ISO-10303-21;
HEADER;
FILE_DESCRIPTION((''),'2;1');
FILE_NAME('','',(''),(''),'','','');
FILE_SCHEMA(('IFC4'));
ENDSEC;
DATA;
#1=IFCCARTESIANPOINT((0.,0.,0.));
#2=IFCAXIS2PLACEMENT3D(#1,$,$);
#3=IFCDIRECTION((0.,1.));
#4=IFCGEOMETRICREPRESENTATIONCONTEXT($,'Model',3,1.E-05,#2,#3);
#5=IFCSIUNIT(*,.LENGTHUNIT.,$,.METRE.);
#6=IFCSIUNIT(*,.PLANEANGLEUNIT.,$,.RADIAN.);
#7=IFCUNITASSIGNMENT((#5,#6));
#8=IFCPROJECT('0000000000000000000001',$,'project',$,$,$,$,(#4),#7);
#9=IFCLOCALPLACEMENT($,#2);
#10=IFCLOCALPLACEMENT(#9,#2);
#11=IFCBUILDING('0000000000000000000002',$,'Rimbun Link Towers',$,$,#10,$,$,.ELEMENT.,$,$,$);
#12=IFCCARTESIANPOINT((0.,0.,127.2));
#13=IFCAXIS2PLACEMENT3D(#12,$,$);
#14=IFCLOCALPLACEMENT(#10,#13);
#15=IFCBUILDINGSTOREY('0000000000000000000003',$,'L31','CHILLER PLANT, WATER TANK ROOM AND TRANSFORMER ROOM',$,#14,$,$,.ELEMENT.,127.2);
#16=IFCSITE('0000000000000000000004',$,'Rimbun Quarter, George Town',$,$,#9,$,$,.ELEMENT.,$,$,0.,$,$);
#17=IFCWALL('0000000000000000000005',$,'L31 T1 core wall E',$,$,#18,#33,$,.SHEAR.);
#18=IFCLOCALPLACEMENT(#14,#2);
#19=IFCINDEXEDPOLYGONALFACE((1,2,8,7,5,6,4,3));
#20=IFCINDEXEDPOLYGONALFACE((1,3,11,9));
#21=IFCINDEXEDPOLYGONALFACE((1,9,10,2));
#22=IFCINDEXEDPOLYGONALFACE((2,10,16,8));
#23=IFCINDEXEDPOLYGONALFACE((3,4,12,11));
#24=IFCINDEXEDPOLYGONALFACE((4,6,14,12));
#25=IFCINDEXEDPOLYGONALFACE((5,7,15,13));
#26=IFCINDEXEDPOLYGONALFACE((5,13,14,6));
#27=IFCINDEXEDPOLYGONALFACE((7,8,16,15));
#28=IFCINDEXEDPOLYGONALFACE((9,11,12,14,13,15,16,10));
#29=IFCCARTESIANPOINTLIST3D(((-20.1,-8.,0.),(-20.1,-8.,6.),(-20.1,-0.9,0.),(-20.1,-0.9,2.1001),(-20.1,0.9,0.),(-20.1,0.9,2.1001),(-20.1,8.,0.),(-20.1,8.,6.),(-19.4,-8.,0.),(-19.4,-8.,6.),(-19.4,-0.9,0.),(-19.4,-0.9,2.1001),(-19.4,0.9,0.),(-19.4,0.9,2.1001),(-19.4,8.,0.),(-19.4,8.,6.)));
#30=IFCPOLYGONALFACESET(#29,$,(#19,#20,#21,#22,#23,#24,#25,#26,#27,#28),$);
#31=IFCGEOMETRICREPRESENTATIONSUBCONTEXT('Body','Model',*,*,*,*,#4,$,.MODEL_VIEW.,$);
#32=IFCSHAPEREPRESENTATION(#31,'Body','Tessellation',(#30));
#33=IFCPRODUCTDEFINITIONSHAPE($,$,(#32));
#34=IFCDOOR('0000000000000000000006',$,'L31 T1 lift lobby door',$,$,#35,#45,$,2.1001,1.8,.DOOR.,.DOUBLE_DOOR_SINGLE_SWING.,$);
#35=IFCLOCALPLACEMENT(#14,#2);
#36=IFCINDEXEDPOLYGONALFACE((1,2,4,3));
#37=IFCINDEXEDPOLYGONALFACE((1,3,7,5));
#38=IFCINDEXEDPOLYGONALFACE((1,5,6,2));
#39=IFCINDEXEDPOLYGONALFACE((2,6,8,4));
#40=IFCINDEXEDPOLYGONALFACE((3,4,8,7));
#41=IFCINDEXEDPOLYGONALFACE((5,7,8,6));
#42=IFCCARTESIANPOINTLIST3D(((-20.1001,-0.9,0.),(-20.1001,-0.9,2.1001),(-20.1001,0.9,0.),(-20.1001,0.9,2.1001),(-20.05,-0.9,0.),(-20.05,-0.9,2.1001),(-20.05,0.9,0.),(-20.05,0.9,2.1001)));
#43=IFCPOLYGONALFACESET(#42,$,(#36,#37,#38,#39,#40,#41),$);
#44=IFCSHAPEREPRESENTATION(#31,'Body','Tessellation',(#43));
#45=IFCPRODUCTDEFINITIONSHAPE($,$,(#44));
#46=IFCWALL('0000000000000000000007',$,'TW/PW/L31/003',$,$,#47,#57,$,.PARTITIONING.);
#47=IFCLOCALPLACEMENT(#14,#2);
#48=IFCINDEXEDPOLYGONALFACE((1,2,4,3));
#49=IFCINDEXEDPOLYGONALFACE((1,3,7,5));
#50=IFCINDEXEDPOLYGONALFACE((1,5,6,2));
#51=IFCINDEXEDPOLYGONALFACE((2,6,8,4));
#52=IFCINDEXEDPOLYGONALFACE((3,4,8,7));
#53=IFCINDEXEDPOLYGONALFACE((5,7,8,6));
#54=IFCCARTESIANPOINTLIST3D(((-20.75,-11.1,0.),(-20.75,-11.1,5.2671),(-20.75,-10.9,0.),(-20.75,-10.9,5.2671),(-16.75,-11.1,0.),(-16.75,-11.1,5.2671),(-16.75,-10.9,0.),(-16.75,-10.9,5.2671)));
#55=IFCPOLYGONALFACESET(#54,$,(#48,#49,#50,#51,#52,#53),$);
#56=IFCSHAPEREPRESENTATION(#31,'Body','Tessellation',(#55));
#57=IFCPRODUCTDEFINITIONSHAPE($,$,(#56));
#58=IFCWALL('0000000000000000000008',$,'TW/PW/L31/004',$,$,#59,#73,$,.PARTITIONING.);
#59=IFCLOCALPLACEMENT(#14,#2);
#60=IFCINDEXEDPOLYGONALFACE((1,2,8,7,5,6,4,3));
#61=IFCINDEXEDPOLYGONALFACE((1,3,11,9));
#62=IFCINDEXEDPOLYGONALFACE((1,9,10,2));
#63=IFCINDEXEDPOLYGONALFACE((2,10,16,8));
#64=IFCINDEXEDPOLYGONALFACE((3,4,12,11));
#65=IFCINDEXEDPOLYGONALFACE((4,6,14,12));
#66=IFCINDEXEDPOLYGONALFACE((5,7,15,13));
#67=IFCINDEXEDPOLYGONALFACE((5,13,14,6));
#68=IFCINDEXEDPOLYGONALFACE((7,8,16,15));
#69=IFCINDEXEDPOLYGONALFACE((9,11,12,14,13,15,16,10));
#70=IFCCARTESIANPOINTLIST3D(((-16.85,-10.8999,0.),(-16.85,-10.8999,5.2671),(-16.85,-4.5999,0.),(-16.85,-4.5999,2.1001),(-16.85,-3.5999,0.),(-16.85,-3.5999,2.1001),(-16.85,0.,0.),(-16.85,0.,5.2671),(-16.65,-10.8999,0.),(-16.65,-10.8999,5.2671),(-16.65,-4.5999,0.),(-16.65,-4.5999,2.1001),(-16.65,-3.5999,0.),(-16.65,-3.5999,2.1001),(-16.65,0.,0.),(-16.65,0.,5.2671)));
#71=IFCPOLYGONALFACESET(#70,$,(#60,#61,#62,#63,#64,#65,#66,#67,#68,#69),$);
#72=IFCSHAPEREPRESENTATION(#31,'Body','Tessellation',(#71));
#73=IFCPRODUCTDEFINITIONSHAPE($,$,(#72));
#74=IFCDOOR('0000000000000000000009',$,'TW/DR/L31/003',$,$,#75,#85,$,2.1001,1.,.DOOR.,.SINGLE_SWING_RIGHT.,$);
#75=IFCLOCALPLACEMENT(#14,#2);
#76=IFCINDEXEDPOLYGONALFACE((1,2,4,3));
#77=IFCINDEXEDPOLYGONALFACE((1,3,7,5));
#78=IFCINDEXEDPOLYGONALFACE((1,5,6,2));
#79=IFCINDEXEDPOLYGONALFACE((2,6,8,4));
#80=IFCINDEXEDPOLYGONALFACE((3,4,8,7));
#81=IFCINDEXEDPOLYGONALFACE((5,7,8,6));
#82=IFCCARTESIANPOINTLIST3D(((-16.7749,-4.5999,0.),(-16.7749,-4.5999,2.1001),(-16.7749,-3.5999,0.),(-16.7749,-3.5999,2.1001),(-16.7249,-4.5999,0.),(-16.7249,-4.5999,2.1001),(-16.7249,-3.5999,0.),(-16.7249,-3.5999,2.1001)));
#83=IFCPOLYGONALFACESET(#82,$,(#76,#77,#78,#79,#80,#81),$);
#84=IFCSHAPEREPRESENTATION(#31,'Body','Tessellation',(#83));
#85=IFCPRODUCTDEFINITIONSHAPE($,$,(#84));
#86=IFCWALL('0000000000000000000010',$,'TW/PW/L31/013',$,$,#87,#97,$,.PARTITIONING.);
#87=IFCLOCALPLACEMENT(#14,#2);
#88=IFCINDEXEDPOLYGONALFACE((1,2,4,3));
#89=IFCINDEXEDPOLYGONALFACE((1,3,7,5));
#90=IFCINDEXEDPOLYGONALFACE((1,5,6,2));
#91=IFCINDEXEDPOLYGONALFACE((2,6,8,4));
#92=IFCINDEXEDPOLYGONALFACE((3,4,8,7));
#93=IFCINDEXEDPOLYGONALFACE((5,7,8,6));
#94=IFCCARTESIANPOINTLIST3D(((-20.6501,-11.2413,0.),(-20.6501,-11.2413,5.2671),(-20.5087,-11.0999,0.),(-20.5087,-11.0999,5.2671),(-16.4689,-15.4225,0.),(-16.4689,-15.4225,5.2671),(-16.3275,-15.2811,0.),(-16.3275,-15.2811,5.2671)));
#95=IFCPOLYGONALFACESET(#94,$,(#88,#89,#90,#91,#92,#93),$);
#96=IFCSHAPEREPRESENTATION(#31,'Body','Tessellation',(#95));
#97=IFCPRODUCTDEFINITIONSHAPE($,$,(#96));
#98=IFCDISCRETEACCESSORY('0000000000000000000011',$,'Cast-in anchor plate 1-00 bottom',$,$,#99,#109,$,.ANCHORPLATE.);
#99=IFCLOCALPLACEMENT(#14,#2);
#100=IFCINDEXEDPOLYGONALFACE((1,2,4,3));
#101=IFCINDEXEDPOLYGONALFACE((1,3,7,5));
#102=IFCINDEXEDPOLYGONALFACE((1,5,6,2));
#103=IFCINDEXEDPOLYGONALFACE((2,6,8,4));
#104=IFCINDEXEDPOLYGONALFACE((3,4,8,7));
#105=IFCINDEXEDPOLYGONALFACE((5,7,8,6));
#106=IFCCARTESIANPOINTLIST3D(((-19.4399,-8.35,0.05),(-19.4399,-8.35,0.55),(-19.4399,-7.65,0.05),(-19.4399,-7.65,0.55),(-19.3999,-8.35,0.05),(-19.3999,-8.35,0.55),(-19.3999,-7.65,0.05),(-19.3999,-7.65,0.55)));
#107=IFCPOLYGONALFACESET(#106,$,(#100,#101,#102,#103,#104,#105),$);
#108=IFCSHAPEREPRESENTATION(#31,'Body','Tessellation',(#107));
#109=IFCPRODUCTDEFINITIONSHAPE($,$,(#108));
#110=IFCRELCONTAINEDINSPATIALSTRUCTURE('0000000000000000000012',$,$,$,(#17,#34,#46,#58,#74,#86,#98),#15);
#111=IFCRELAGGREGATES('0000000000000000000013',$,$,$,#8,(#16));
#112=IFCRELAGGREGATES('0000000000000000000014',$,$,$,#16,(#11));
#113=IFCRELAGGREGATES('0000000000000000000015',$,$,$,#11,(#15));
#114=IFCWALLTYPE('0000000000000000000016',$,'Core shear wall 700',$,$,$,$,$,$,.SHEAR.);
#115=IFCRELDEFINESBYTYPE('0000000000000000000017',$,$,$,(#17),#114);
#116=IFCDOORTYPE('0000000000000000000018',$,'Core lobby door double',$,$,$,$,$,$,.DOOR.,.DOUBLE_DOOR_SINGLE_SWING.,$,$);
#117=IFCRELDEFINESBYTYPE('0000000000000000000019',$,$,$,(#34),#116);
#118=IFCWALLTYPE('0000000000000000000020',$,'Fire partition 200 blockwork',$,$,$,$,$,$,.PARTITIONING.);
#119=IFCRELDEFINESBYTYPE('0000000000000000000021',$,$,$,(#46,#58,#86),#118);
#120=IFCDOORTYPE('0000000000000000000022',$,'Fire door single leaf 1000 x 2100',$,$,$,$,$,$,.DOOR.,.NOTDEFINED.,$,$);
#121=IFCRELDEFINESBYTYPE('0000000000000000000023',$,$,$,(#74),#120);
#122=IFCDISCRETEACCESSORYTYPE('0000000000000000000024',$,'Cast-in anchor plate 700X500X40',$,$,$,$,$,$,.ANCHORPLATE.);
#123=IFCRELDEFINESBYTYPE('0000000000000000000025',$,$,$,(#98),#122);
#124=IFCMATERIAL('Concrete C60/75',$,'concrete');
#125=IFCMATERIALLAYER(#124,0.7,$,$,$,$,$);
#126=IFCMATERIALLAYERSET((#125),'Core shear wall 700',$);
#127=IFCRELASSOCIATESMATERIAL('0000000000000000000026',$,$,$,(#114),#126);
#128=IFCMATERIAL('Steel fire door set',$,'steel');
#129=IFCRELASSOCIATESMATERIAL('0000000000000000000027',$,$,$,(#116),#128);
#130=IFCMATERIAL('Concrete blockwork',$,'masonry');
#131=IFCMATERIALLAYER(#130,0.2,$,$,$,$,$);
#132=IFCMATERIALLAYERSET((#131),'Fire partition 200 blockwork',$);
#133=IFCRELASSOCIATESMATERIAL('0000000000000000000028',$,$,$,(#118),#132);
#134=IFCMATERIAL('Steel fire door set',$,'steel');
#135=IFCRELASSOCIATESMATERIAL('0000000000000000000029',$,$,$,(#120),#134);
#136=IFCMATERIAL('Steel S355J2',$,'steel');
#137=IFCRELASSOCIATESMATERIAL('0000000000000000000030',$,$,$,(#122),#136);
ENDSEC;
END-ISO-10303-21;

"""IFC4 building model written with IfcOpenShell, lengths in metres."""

from ifc_helpers import new_model, si_unit, direction, frame, frame_2d, origin, origin_2d, place, context, subcontext, project, spatial, rectangle, extrude, material, layer, layer_set, material_profile, profile_set, type_object, element, fill, save


model = new_model("IFC4")

# Units and contexts
model_context = context("Model", 3, precision=1e-05, world=origin(), true_north=direction((0.0, 1.0)))
body_context = subcontext(model_context, "Body", "Model", "MODEL_VIEW")
ifc_project = project(units=[si_unit("LENGTHUNIT", "METRE"), si_unit("PLANEANGLEUNIT", "RADIAN")], contexts=[model_context])

# Site, building, storey
site_placement = place(None, origin())
site = spatial("IfcSite", under=ifc_project, at=site_placement, Name="Rimbun Quarter, George Town", CompositionType="ELEMENT", RefElevation=0.0)
building_placement = place(site_placement, origin())
building = spatial("IfcBuilding", under=site, at=building_placement, Name="Rimbun Link Towers", CompositionType="ELEMENT")
storey_placement = place(building_placement, frame((0.0, 0.0, 127.2)))
storey = spatial("IfcBuildingStorey", under=building, at=storey_placement, Name="L31", Description="CHILLER PLANT, WATER TANK ROOM AND TRANSFORMER ROOM", CompositionType="ELEMENT", Elevation=127.2)

# Wall, opening, door
ifc_material_1 = material(Name="Concrete C60/75", Category="concrete")
ifc_layer_1 = layer(ifc_material_1, 0.7)
ifc_layer_set_1 = layer_set([ifc_layer_1], Name="Core shear wall 700")
wall_type_1 = type_object("IfcWallType", Name="Core shear wall 700", PredefinedType="SHEAR", material=ifc_layer_set_1)
wall_1_placement = place(storey_placement, frame((-19.75, -8.0, 0.0), z_axis=(0.0, 0.0, 1.0), x_axis=(0.0, 1.0, 0.0)))
wall_1 = element("IfcWall", 1, at=wall_1_placement, inside=storey, type_object=wall_type_1, Name="L31 T1 core wall E", PredefinedType="SHEAR", context=body_context, shape_type="SweptSolid", body=[
    extrude(rectangle(XDim=16.0, YDim=0.7, at=frame_2d((8.0, 0.0))), origin(), (0.0, 0.0, 1.0), 6.0),
])
opening_1_placement = place(wall_1_placement, frame((7.1001, 0.0, 0.0)))
opening_1 = element("IfcOpeningElement", 2, at=opening_1_placement, cuts=wall_1, PredefinedType="OPENING", context=body_context, shape_type="SweptSolid", body=[
    extrude(rectangle(XDim=1.8, YDim=2.1001, at=frame_2d((0.8999, 1.05))), frame((0.0, 0.3599, 0.0), z_axis=(0.0, -1.0, 0.0), x_axis=(1.0, 0.0, 0.0)), (0.0, 0.0, 1.0), 0.72),
])
ifc_material_2 = material(Name="Steel fire door set", Category="steel")
door_type_1 = type_object("IfcDoorType", Name="Core lobby door double", OperationType="DOUBLE_DOOR_SINGLE_SWING", PredefinedType="DOOR", material=ifc_material_2)
door_1_placement = place(opening_1_placement, origin())
door_1 = element("IfcDoor", 3, at=door_1_placement, inside=storey, type_object=door_type_1, Name="L31 T1 lift lobby door", OperationType="DOUBLE_DOOR_SINGLE_SWING", OverallHeight=2.1001, OverallWidth=1.8, PredefinedType="DOOR", context=body_context, shape_type="SweptSolid", body=[
    extrude(rectangle(XDim=1.8, YDim=2.1001, at=frame_2d((0.8999, 1.05))), frame((0.0, 0.3501, 0.0), z_axis=(0.0, -1.0, 0.0), x_axis=(1.0, 0.0, 0.0)), (0.0, 0.0, 1.0), 0.05),
])
fill(opening_1, door_1)

# Wall
ifc_material_3 = material(Name="Concrete blockwork", Category="masonry")
ifc_layer_2 = layer(ifc_material_3, 0.2)
ifc_layer_set_2 = layer_set([ifc_layer_2], Name="Fire partition 200 blockwork")
wall_type_2 = type_object("IfcWallType", Name="Fire partition 200 blockwork", PredefinedType="PARTITIONING", material=ifc_layer_set_2)
wall_2_placement = place(storey_placement, frame((-20.75, -11.0, 0.0), z_axis=(0.0, 0.0, 1.0), x_axis=(1.0, 0.0, 0.0)))
element("IfcWall", 4, at=wall_2_placement, inside=storey, type_object=wall_type_2, Name="TW/PW/L31/003", PredefinedType="PARTITIONING", context=body_context, shape_type="SweptSolid", body=[
    extrude(rectangle(XDim=4.0, YDim=0.2, at=frame_2d((2.0, 0.0))), origin(), (0.0, 0.0, 1.0), 5.2671),
])

# Wall, opening, door
wall_3_placement = place(storey_placement, frame((-16.75, -10.8999, 0.0), z_axis=(0.0, 0.0, 1.0), x_axis=(0.0, 1.0, 0.0)))
wall_3 = element("IfcWall", 5, at=wall_3_placement, inside=storey, type_object=wall_type_2, Name="TW/PW/L31/004", PredefinedType="PARTITIONING", context=body_context, shape_type="SweptSolid", body=[
    extrude(rectangle(XDim=10.8999, YDim=0.2, at=frame_2d((5.45, 0.0))), origin(), (0.0, 0.0, 1.0), 5.2671),
])
opening_2_placement = place(wall_3_placement, frame((6.3, 0.0, 0.0)))
opening_2 = element("IfcOpeningElement", 6, at=opening_2_placement, cuts=wall_3, PredefinedType="OPENING", context=body_context, shape_type="SweptSolid", body=[
    extrude(rectangle(XDim=1.0, YDim=2.1001, at=frame_2d((0.5, 1.05))), frame((0.0, 0.1099, 0.0), z_axis=(0.0, -1.0, 0.0), x_axis=(1.0, 0.0, 0.0)), (0.0, 0.0, 1.0), 0.22),
])
ifc_material_4 = material(Name="Steel fire door set", Category="steel")
door_type_2 = type_object("IfcDoorType", Name="Fire door single leaf 1000 x 2100", OperationType="NOTDEFINED", PredefinedType="DOOR", material=ifc_material_4)
door_2_placement = place(opening_2_placement, origin())
door_2 = element("IfcDoor", 7, at=door_2_placement, inside=storey, type_object=door_type_2, Name="TW/DR/L31/003", OperationType="SINGLE_SWING_RIGHT", OverallHeight=2.1001, OverallWidth=1.0, PredefinedType="DOOR", context=body_context, shape_type="SweptSolid", body=[
    extrude(rectangle(XDim=1.0, YDim=2.1001, at=frame_2d((0.5, 1.05))), frame((0.0, 0.0249, 0.0), z_axis=(0.0, -1.0, 0.0), x_axis=(1.0, 0.0, 0.0)), (0.0, 0.0, 1.0), 0.05),
])
fill(opening_2, door_2)

# Wall
wall_4_placement = place(storey_placement, frame((-16.3982, -15.3518, 0.0), z_axis=(0.0, 0.0, 1.0), x_axis=(-0.707107, 0.707107, 0.0)))
element("IfcWall", 8, at=wall_4_placement, inside=storey, type_object=wall_type_2, Name="TW/PW/L31/013", PredefinedType="PARTITIONING", context=body_context, shape_type="SweptSolid", body=[
    extrude(rectangle(XDim=5.9131, YDim=0.2, at=frame_2d((2.9565, 0.0))), origin(), (0.0, 0.0, 1.0), 5.2671),
])

# Discrete accessory
ifc_material_5 = material(Name="Steel S355J2", Category="steel")
ifc_material_profile_1 = material_profile(ifc_material_5, rectangle(XDim=0.7, YDim=0.5, at=origin_2d()), Name="PL 700x500")
ifc_profile_set_1 = profile_set([ifc_material_profile_1], Name="Steel S355J2")
discrete_accessory_type = type_object("IfcDiscreteAccessoryType", Name="Cast-in anchor plate 700X500X40", PredefinedType="ANCHORPLATE", material=ifc_profile_set_1)
discrete_accessory_placement = place(storey_placement, frame((-19.4399, -8.0, 0.3), z_axis=(1.0, 0.0, 0.0), x_axis=(0.0, 1.0, 0.0)))
element("IfcDiscreteAccessory", 9, at=discrete_accessory_placement, inside=storey, type_object=discrete_accessory_type, Name="Cast-in anchor plate 1-00 bottom", PredefinedType="ANCHORPLATE", context=body_context, shape_type="SweptSolid", body=[
    extrude(rectangle(XDim=0.7, YDim=0.5, at=origin_2d()), origin(), (0.0, 0.0, 1.0), 0.04),
])

save(model, "model.ifc")
